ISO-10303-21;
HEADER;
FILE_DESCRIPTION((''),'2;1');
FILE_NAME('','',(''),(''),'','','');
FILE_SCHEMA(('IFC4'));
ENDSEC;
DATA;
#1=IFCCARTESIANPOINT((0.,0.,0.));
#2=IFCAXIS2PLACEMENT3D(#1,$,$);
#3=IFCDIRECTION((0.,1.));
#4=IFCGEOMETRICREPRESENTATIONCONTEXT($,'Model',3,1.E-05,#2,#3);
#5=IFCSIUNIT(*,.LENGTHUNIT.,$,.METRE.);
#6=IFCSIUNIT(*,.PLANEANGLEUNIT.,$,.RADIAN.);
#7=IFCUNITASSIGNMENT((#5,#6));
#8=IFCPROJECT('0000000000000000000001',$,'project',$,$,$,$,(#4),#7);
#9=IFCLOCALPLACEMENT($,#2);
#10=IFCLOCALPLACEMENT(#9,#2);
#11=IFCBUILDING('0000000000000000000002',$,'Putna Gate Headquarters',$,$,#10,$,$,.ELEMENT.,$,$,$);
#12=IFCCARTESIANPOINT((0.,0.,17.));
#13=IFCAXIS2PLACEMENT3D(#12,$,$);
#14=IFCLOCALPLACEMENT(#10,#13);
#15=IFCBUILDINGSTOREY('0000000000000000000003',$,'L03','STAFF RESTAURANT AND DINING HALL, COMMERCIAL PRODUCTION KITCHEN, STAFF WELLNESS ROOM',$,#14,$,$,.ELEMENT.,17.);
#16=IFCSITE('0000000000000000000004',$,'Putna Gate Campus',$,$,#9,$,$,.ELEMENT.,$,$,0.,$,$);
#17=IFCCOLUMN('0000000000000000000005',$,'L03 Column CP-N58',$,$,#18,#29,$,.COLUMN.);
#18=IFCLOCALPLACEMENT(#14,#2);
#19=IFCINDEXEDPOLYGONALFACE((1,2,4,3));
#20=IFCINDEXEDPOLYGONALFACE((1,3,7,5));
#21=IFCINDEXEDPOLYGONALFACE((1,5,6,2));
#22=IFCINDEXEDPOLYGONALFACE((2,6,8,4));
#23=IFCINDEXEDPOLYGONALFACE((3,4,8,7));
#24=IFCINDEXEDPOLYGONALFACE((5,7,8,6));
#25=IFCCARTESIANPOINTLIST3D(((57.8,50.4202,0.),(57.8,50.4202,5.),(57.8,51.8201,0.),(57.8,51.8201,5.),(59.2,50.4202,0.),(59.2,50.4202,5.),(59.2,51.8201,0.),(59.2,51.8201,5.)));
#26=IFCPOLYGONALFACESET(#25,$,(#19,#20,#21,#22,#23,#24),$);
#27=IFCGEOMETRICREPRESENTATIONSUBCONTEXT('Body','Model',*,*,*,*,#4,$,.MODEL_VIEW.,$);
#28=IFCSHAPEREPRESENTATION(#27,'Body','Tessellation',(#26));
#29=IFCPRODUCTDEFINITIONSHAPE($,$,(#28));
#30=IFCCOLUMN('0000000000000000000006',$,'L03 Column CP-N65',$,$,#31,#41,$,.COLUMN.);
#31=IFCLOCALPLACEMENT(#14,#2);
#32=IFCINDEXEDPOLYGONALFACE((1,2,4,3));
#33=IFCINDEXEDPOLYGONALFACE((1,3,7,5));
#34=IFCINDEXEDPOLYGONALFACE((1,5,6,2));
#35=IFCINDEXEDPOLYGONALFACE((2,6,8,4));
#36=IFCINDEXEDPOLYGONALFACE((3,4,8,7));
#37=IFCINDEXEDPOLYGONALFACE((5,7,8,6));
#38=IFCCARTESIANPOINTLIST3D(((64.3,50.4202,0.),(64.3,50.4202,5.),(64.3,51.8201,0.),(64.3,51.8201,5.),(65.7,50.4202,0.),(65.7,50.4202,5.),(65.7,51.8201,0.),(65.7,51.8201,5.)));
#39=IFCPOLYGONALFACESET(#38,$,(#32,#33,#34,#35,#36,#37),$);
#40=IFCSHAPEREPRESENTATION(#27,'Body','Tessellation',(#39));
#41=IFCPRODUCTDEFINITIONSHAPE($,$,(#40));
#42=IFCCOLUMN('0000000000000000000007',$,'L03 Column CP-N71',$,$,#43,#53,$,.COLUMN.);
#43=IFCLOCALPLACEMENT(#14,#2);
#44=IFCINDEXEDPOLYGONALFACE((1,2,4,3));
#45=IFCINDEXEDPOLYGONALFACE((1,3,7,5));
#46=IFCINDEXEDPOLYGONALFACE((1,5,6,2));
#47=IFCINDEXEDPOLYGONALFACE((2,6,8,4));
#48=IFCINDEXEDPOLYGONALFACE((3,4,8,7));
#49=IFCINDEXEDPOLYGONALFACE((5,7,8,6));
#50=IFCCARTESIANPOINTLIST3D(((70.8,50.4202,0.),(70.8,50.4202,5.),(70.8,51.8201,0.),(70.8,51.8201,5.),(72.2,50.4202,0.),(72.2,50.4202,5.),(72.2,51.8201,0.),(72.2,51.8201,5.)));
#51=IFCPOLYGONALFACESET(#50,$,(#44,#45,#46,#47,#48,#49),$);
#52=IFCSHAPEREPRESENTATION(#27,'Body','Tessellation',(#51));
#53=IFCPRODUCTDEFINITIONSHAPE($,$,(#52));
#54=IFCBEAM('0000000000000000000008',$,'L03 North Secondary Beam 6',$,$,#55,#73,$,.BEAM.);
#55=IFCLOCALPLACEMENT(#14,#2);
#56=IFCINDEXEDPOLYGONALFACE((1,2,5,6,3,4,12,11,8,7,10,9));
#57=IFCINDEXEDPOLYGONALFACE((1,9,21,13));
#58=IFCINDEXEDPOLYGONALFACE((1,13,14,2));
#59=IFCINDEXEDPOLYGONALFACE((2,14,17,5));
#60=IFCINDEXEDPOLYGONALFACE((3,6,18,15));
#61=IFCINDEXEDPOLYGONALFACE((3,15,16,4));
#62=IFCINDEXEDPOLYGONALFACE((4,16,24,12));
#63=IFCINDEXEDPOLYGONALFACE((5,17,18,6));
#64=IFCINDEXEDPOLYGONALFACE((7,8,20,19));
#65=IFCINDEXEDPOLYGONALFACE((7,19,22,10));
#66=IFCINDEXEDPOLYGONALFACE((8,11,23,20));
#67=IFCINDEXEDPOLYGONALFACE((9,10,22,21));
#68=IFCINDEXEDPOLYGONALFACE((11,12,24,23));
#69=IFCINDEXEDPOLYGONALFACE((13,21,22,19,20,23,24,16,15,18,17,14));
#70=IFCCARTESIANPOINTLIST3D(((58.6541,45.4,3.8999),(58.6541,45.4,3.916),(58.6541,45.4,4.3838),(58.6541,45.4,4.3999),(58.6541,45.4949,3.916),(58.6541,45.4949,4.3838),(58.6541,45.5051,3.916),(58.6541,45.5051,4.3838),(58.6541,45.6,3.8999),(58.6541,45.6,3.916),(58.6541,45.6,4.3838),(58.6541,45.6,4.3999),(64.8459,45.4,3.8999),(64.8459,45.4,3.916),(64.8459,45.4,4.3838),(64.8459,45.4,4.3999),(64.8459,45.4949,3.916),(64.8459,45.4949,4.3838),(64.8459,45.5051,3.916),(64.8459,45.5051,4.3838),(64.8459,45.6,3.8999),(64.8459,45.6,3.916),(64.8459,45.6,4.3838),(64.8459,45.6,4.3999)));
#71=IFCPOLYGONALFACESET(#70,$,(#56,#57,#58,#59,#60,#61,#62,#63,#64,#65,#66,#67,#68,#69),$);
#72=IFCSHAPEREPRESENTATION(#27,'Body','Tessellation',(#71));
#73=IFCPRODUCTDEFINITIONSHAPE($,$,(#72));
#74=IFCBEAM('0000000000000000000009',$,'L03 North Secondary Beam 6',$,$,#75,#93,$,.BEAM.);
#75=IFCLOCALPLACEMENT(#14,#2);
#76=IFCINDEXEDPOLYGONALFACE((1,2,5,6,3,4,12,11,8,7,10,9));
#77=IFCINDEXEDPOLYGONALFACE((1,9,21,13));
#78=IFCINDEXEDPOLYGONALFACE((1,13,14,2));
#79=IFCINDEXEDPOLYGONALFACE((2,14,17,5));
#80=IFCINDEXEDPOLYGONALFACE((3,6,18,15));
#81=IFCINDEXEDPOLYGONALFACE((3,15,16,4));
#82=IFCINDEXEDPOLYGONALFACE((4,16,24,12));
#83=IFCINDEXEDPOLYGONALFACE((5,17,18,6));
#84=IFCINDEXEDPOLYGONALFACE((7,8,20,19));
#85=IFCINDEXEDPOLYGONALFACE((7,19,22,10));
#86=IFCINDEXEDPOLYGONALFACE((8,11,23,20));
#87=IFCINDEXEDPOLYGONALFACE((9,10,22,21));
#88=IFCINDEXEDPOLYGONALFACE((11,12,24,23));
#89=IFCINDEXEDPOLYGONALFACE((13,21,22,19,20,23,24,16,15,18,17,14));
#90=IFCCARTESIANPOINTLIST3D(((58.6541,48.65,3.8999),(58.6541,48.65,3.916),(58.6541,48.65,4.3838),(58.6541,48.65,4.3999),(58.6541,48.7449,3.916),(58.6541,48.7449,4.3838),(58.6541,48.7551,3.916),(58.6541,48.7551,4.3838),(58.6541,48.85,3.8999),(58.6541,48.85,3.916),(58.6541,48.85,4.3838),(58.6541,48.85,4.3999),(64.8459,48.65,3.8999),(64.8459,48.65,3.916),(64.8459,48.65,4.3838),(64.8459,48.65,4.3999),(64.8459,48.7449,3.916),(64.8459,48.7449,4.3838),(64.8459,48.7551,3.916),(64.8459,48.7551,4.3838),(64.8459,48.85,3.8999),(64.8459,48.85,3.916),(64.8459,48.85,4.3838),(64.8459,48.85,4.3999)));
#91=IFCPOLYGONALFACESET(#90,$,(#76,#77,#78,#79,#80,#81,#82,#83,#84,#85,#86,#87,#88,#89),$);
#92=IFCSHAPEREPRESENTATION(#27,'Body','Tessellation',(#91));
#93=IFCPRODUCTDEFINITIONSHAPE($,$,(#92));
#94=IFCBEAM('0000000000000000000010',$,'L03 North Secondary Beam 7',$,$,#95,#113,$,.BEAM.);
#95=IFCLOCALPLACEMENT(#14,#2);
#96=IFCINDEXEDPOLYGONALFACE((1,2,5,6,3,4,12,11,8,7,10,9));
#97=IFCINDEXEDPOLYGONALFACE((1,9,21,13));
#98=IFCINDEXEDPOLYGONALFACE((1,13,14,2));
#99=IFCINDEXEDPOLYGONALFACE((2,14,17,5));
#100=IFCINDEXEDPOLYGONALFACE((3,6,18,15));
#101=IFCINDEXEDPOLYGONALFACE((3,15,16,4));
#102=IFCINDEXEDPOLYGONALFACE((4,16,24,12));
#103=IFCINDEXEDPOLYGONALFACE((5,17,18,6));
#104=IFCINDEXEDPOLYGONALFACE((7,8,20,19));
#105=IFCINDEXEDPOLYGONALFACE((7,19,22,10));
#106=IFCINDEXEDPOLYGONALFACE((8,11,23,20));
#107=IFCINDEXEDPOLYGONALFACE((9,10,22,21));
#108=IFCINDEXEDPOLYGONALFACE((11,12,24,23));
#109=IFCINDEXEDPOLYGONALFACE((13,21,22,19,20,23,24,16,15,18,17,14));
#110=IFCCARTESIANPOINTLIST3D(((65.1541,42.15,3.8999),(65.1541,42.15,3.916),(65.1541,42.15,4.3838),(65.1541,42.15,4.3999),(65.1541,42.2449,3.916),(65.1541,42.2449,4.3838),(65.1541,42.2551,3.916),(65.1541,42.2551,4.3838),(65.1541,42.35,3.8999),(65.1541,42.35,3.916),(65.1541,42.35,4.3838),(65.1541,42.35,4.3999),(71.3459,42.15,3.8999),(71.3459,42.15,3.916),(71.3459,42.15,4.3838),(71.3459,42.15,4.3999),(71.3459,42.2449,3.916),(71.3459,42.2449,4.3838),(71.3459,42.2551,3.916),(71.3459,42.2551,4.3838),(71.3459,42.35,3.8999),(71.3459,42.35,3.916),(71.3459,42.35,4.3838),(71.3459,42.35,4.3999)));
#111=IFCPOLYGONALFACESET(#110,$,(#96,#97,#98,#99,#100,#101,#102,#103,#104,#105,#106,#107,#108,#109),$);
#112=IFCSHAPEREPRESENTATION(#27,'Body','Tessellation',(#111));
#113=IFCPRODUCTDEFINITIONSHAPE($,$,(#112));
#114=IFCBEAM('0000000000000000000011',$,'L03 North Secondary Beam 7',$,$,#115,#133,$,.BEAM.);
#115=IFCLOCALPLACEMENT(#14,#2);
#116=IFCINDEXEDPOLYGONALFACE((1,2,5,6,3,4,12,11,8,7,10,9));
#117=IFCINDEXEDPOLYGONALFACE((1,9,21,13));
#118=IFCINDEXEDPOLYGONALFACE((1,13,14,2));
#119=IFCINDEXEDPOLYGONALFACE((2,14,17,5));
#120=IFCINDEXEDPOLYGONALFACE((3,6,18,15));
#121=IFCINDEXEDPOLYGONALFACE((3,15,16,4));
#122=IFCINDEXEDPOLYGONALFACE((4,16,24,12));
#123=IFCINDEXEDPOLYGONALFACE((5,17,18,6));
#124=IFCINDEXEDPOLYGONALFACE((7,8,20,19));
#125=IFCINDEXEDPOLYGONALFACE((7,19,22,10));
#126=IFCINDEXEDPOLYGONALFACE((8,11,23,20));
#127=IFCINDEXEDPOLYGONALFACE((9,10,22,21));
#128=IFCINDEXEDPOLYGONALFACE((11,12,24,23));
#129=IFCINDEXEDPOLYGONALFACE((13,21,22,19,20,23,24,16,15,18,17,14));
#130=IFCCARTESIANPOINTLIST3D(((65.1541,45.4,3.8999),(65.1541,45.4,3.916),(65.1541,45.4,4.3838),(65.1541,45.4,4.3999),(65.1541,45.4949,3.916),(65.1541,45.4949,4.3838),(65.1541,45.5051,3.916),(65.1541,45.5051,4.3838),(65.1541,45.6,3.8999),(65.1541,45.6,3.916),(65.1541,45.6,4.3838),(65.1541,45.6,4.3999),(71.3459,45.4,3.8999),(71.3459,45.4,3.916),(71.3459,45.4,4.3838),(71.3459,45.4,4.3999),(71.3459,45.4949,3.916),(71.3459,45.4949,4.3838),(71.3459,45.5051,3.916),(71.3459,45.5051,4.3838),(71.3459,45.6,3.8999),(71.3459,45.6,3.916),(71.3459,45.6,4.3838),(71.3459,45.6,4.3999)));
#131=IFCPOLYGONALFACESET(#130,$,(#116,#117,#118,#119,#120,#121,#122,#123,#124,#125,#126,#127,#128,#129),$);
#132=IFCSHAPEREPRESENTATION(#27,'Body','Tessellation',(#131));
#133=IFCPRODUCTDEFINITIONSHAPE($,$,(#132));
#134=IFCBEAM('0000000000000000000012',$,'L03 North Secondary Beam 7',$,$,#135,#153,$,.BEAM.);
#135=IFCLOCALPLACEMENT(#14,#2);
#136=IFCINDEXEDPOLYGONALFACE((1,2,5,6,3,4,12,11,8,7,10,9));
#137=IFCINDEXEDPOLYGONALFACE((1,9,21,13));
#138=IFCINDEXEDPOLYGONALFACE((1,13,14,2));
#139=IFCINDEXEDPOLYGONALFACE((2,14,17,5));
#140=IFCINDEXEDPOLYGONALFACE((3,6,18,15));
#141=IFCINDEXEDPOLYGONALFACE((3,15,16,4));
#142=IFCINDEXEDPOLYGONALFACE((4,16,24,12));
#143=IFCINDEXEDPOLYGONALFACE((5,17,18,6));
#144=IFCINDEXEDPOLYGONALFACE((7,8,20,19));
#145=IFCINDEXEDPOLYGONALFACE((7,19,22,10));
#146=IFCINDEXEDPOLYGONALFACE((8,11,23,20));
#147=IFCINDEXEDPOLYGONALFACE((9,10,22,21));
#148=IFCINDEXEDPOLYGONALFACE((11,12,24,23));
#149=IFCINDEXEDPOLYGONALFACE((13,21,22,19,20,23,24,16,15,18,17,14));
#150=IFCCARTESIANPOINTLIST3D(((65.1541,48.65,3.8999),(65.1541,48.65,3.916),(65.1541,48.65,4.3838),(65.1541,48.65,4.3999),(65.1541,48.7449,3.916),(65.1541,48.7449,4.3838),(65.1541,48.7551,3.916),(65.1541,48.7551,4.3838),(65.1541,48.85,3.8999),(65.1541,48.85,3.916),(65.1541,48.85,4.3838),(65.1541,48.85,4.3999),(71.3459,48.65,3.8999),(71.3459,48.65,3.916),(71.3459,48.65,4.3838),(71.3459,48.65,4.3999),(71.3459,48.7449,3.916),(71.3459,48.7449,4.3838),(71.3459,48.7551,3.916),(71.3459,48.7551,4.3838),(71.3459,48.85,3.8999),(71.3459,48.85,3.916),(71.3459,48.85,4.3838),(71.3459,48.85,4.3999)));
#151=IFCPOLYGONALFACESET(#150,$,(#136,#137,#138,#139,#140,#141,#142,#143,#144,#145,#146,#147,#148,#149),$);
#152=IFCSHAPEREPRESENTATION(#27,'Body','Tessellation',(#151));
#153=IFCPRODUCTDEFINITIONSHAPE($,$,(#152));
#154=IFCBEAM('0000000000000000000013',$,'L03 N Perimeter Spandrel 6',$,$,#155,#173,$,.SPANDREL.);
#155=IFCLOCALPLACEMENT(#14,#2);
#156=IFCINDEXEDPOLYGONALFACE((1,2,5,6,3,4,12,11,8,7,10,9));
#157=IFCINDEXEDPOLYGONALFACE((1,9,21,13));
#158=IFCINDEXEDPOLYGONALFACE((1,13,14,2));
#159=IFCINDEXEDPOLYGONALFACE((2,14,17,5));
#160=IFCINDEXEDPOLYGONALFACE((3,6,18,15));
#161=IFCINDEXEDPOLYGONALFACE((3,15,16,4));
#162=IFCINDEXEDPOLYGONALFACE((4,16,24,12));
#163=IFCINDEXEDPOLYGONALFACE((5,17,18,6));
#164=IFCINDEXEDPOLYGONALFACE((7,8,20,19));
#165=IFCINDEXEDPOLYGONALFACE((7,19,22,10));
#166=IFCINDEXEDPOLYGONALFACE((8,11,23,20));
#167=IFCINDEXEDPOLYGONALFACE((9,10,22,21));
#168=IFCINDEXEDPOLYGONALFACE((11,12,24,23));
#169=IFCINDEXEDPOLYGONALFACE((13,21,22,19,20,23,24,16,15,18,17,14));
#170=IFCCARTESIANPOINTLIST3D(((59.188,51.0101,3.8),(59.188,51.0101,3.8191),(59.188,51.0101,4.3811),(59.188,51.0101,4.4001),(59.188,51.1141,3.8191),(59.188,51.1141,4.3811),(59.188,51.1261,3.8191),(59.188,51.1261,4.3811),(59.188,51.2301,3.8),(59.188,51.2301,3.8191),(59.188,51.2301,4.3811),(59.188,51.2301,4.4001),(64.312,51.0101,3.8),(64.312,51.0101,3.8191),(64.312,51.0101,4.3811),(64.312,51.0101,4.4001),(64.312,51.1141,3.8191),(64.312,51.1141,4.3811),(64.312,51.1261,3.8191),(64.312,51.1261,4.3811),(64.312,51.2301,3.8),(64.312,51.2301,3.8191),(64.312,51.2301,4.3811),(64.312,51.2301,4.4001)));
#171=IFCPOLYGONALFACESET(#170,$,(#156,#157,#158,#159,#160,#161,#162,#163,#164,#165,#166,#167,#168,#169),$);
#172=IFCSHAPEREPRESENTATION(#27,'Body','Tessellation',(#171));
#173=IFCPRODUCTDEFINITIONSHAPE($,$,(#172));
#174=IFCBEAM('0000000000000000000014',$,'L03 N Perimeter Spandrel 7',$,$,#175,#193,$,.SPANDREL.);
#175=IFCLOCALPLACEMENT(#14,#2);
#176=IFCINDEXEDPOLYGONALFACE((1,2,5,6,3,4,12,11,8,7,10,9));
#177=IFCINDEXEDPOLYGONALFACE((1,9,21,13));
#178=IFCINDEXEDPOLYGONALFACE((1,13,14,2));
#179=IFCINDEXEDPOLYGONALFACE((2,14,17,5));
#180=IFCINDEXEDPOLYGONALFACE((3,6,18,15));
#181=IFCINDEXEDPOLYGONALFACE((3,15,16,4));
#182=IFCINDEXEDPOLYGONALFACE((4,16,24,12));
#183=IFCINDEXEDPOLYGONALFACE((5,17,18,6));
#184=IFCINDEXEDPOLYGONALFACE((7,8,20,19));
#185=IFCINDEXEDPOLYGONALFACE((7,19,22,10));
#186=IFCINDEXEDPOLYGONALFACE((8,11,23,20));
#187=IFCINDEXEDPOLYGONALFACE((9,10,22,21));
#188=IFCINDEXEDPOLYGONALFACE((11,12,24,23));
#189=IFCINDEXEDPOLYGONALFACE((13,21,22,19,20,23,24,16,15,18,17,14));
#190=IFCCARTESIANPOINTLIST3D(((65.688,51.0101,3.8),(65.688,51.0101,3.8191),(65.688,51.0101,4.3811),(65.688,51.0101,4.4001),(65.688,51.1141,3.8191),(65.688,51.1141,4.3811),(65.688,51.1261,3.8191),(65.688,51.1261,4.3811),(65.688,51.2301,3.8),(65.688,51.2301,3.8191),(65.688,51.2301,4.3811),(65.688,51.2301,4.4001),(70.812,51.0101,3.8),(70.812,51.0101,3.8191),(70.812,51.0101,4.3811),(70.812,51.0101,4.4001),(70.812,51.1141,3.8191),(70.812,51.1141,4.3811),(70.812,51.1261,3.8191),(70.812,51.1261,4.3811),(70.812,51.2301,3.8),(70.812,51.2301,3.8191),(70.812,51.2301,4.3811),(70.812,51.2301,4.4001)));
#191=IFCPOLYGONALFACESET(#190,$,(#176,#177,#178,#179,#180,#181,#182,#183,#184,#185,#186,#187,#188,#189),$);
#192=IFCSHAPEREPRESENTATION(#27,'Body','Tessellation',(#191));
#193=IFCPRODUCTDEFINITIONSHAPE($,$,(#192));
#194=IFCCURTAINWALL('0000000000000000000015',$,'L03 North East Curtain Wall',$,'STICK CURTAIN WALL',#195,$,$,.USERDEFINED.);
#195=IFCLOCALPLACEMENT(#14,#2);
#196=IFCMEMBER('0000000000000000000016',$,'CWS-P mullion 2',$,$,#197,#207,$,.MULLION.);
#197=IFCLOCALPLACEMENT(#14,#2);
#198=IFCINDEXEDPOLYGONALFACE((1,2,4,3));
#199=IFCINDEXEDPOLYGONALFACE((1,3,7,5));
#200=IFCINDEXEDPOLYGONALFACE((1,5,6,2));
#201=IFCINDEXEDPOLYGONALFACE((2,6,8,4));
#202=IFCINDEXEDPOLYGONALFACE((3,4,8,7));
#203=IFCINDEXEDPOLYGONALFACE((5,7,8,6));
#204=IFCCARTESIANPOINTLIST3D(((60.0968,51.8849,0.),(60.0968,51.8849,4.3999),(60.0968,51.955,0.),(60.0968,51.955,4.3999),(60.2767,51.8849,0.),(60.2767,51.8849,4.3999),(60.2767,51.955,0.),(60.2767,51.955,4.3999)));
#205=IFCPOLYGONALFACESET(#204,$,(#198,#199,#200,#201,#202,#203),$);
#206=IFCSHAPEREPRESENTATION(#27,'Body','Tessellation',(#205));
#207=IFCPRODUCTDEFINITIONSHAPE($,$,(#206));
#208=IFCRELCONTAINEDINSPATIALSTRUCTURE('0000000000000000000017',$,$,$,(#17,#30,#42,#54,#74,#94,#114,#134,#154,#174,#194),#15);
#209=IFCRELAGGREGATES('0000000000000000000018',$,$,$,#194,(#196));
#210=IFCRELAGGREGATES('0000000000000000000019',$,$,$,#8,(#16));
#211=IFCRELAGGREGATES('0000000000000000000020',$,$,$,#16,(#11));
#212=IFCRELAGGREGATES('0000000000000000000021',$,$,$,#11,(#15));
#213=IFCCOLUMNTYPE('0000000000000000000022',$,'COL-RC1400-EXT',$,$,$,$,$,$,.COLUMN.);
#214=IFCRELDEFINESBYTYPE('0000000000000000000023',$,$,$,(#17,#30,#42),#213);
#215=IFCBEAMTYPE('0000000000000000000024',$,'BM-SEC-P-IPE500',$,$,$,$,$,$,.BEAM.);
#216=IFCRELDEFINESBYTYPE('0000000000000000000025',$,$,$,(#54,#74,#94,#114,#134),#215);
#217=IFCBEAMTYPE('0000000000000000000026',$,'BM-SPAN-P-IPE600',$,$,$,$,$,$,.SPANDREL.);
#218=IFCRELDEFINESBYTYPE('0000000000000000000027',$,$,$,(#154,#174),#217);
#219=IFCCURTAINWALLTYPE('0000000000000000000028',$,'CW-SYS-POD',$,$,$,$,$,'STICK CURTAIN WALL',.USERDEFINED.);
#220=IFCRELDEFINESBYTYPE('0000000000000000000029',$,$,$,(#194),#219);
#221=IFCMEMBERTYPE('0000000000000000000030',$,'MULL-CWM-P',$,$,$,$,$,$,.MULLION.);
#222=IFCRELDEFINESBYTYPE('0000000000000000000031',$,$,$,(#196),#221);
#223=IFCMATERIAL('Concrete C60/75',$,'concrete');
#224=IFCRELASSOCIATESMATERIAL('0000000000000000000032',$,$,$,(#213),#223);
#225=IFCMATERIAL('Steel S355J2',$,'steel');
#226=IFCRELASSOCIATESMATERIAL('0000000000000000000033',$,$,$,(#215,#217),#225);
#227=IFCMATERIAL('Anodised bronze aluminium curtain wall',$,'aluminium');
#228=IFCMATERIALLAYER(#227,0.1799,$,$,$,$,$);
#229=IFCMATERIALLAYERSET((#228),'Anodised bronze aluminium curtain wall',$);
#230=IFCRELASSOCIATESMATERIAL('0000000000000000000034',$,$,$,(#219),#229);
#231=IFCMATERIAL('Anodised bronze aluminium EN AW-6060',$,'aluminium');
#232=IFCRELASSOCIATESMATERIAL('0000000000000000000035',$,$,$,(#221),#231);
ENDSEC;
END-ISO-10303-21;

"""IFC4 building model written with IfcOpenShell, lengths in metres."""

from ifc_helpers import new_model, si_unit, direction, frame, origin, origin_2d, place, context, subcontext, project, spatial, rectangle, i_section, extrude, material, layer, layer_set, material_profile, profile_set, type_object, element, aggregate, save


model = new_model("IFC4")

# Units and contexts
model_context = context("Model", 3, precision=1e-05, world=origin(), true_north=direction((0.0, 1.0)))
body_context = subcontext(model_context, "Body", "Model", "MODEL_VIEW")
ifc_project = project(units=[si_unit("LENGTHUNIT", "METRE"), si_unit("PLANEANGLEUNIT", "RADIAN")], contexts=[model_context])

# Site, building, storey
site_placement = place(None, origin())
site = spatial("IfcSite", under=ifc_project, at=site_placement, Name="Putna Gate Campus", CompositionType="ELEMENT", RefElevation=0.0)
building_placement = place(site_placement, origin())
building = spatial("IfcBuilding", under=site, at=building_placement, Name="Putna Gate Headquarters", CompositionType="ELEMENT")
storey_placement = place(building_placement, frame((0.0, 0.0, 17.0)))
storey = spatial("IfcBuildingStorey", under=building, at=storey_placement, Name="L03", Description="STAFF RESTAURANT AND DINING HALL, COMMERCIAL PRODUCTION KITCHEN, STAFF WELLNESS ROOM", CompositionType="ELEMENT", Elevation=17.0)

# Columns
ifc_material_1 = material(Name="Concrete C60/75", Category="concrete")
ifc_material_profile_1 = material_profile(ifc_material_1, rectangle(XDim=1.3999, YDim=1.3999, at=origin_2d()), Name="Concrete C60/75")
ifc_profile_set_1 = profile_set([ifc_material_profile_1], Name="Concrete C60/75")
column_type = type_object("IfcColumnType", Name="COL-RC1400-EXT", PredefinedType="COLUMN", material=ifc_profile_set_1)
for number, where, z_axis, x_axis, name in (
    (1, (58.5, 51.1201, 0.0), (0.0, 0.0, 1.0), (1.0, 0.0, 0.0), "L03 Column CP-N58"),
    (2, (65.0, 51.1201, 0.0), (0.0, 0.0, 1.0), (1.0, 0.0, 0.0), "L03 Column CP-N65"),
    (3, (71.5, 51.1201, 0.0), (0.0, 0.0, 1.0), (1.0, 0.0, 0.0), "L03 Column CP-N71"),
):
    element("IfcColumn", number, at=place(storey_placement, frame(where, z_axis=z_axis, x_axis=x_axis)), inside=storey, type_object=column_type, Name=name, PredefinedType="COLUMN", context=body_context, shape_type="SweptSolid", body=[
        extrude(rectangle(XDim=1.3999, YDim=1.3999, at=origin_2d()), origin(), (0.0, 0.0, 1.0), 5.0),
    ])

# Beams
ifc_material_2 = material(Name="Steel S355J2", Category="steel")
ifc_material_profile_2 = material_profile(ifc_material_2, i_section(OverallWidth=0.2, OverallDepth=0.5, WebThickness=0.0103, FlangeThickness=0.0161, at=origin_2d()), Name="Steel S355J2")
ifc_profile_set_2 = profile_set([ifc_material_profile_2], Name="Steel S355J2")
beam_type_1 = type_object("IfcBeamType", Name="BM-SEC-P-IPE500", PredefinedType="BEAM", material=ifc_profile_set_2)
for number, where, z_axis, x_axis, name in (
    (4, (58.6541, 45.5, 4.1499), (1.0, 0.0, 0.0), (0.0, 1.0, 0.0), "L03 North Secondary Beam 6"),
    (5, (58.6541, 48.75, 4.1499), (1.0, 0.0, 0.0), (0.0, 1.0, 0.0), "L03 North Secondary Beam 6"),
    (6, (65.1541, 42.25, 4.1499), (1.0, 0.0, 0.0), (0.0, 1.0, 0.0), "L03 North Secondary Beam 7"),
    (7, (65.1541, 45.5, 4.1499), (1.0, 0.0, 0.0), (0.0, 1.0, 0.0), "L03 North Secondary Beam 7"),
    (8, (65.1541, 48.75, 4.1499), (1.0, 0.0, 0.0), (0.0, 1.0, 0.0), "L03 North Secondary Beam 7"),
):
    element("IfcBeam", number, at=place(storey_placement, frame(where, z_axis=z_axis, x_axis=x_axis)), inside=storey, type_object=beam_type_1, Name=name, PredefinedType="BEAM", context=body_context, shape_type="SweptSolid", body=[
        extrude(i_section(OverallWidth=0.2, OverallDepth=0.5, WebThickness=0.0103, FlangeThickness=0.0161, at=origin_2d()), origin(), (0.0, 0.0, 1.0), 6.1919),
    ])
ifc_material_profile_3 = material_profile(ifc_material_2, i_section(OverallWidth=0.22, OverallDepth=0.6001, WebThickness=0.012, FlangeThickness=0.019, at=origin_2d()), Name="Steel S355J2")
ifc_profile_set_3 = profile_set([ifc_material_profile_3], Name="Steel S355J2")
beam_type_2 = type_object("IfcBeamType", Name="BM-SPAN-P-IPE600", PredefinedType="SPANDREL", material=ifc_profile_set_3)
for number, where, z_axis, x_axis, name in (
    (9, (59.188, 51.1201, 4.1001), (1.0, 0.0, 0.0), (0.0, 1.0, 0.0), "L03 N Perimeter Spandrel 6"),
    (10, (65.688, 51.1201, 4.1001), (1.0, 0.0, 0.0), (0.0, 1.0, 0.0), "L03 N Perimeter Spandrel 7"),
):
    element("IfcBeam", number, at=place(storey_placement, frame(where, z_axis=z_axis, x_axis=x_axis)), inside=storey, type_object=beam_type_2, Name=name, PredefinedType="SPANDREL", context=body_context, shape_type="SweptSolid", body=[
        extrude(i_section(OverallWidth=0.22, OverallDepth=0.6001, WebThickness=0.012, FlangeThickness=0.019, at=origin_2d()), origin(), (0.0, 0.0, 1.0), 5.124),
    ])

# Curtain wall, member
ifc_material_3 = material(Name="Anodised bronze aluminium curtain wall", Category="aluminium")
ifc_layer_1 = layer(ifc_material_3, 0.1799)
ifc_layer_set_1 = layer_set([ifc_layer_1], Name="Anodised bronze aluminium curtain wall")
curtain_wall_type = type_object("IfcCurtainWallType", Name="CW-SYS-POD", ElementType="STICK CURTAIN WALL", PredefinedType="USERDEFINED", material=ifc_layer_set_1)
curtain_wall_placement = place(storey_placement, origin())
curtain_wall = element("IfcCurtainWall", 11, at=curtain_wall_placement, inside=storey, type_object=curtain_wall_type, Name="L03 North East Curtain Wall", ObjectType="STICK CURTAIN WALL", PredefinedType="USERDEFINED")
ifc_material_4 = material(Name="Anodised bronze aluminium EN AW-6060", Category="aluminium")
ifc_material_profile_4 = material_profile(ifc_material_4, rectangle(XDim=0.0701, YDim=0.1799, at=origin_2d()), Name="Anodised bronze aluminium EN AW-6060")
ifc_profile_set_4 = profile_set([ifc_material_profile_4], Name="Anodised bronze aluminium EN AW-6060")
member_type_1 = type_object("IfcMemberType", Name="MULL-CWM-P", PredefinedType="MULLION", material=ifc_profile_set_4)
member_1_placement = place(storey_placement, frame((60.1868, 51.9199, 0.0), z_axis=(0.0, 0.0, 1.0), x_axis=(0.0, 1.0, 0.0)))
member_1 = element("IfcMember", 12, at=member_1_placement, type_object=member_type_1, Name="CWS-P mullion 2", PredefinedType="MULLION", context=body_context, shape_type="SweptSolid", body=[
    extrude(rectangle(XDim=0.0701, YDim=0.1799, at=origin_2d()), origin(), (0.0, 0.0, 1.0), 4.3999),
])
aggregate(curtain_wall, [member_1])

save(model, "model.ifc")
